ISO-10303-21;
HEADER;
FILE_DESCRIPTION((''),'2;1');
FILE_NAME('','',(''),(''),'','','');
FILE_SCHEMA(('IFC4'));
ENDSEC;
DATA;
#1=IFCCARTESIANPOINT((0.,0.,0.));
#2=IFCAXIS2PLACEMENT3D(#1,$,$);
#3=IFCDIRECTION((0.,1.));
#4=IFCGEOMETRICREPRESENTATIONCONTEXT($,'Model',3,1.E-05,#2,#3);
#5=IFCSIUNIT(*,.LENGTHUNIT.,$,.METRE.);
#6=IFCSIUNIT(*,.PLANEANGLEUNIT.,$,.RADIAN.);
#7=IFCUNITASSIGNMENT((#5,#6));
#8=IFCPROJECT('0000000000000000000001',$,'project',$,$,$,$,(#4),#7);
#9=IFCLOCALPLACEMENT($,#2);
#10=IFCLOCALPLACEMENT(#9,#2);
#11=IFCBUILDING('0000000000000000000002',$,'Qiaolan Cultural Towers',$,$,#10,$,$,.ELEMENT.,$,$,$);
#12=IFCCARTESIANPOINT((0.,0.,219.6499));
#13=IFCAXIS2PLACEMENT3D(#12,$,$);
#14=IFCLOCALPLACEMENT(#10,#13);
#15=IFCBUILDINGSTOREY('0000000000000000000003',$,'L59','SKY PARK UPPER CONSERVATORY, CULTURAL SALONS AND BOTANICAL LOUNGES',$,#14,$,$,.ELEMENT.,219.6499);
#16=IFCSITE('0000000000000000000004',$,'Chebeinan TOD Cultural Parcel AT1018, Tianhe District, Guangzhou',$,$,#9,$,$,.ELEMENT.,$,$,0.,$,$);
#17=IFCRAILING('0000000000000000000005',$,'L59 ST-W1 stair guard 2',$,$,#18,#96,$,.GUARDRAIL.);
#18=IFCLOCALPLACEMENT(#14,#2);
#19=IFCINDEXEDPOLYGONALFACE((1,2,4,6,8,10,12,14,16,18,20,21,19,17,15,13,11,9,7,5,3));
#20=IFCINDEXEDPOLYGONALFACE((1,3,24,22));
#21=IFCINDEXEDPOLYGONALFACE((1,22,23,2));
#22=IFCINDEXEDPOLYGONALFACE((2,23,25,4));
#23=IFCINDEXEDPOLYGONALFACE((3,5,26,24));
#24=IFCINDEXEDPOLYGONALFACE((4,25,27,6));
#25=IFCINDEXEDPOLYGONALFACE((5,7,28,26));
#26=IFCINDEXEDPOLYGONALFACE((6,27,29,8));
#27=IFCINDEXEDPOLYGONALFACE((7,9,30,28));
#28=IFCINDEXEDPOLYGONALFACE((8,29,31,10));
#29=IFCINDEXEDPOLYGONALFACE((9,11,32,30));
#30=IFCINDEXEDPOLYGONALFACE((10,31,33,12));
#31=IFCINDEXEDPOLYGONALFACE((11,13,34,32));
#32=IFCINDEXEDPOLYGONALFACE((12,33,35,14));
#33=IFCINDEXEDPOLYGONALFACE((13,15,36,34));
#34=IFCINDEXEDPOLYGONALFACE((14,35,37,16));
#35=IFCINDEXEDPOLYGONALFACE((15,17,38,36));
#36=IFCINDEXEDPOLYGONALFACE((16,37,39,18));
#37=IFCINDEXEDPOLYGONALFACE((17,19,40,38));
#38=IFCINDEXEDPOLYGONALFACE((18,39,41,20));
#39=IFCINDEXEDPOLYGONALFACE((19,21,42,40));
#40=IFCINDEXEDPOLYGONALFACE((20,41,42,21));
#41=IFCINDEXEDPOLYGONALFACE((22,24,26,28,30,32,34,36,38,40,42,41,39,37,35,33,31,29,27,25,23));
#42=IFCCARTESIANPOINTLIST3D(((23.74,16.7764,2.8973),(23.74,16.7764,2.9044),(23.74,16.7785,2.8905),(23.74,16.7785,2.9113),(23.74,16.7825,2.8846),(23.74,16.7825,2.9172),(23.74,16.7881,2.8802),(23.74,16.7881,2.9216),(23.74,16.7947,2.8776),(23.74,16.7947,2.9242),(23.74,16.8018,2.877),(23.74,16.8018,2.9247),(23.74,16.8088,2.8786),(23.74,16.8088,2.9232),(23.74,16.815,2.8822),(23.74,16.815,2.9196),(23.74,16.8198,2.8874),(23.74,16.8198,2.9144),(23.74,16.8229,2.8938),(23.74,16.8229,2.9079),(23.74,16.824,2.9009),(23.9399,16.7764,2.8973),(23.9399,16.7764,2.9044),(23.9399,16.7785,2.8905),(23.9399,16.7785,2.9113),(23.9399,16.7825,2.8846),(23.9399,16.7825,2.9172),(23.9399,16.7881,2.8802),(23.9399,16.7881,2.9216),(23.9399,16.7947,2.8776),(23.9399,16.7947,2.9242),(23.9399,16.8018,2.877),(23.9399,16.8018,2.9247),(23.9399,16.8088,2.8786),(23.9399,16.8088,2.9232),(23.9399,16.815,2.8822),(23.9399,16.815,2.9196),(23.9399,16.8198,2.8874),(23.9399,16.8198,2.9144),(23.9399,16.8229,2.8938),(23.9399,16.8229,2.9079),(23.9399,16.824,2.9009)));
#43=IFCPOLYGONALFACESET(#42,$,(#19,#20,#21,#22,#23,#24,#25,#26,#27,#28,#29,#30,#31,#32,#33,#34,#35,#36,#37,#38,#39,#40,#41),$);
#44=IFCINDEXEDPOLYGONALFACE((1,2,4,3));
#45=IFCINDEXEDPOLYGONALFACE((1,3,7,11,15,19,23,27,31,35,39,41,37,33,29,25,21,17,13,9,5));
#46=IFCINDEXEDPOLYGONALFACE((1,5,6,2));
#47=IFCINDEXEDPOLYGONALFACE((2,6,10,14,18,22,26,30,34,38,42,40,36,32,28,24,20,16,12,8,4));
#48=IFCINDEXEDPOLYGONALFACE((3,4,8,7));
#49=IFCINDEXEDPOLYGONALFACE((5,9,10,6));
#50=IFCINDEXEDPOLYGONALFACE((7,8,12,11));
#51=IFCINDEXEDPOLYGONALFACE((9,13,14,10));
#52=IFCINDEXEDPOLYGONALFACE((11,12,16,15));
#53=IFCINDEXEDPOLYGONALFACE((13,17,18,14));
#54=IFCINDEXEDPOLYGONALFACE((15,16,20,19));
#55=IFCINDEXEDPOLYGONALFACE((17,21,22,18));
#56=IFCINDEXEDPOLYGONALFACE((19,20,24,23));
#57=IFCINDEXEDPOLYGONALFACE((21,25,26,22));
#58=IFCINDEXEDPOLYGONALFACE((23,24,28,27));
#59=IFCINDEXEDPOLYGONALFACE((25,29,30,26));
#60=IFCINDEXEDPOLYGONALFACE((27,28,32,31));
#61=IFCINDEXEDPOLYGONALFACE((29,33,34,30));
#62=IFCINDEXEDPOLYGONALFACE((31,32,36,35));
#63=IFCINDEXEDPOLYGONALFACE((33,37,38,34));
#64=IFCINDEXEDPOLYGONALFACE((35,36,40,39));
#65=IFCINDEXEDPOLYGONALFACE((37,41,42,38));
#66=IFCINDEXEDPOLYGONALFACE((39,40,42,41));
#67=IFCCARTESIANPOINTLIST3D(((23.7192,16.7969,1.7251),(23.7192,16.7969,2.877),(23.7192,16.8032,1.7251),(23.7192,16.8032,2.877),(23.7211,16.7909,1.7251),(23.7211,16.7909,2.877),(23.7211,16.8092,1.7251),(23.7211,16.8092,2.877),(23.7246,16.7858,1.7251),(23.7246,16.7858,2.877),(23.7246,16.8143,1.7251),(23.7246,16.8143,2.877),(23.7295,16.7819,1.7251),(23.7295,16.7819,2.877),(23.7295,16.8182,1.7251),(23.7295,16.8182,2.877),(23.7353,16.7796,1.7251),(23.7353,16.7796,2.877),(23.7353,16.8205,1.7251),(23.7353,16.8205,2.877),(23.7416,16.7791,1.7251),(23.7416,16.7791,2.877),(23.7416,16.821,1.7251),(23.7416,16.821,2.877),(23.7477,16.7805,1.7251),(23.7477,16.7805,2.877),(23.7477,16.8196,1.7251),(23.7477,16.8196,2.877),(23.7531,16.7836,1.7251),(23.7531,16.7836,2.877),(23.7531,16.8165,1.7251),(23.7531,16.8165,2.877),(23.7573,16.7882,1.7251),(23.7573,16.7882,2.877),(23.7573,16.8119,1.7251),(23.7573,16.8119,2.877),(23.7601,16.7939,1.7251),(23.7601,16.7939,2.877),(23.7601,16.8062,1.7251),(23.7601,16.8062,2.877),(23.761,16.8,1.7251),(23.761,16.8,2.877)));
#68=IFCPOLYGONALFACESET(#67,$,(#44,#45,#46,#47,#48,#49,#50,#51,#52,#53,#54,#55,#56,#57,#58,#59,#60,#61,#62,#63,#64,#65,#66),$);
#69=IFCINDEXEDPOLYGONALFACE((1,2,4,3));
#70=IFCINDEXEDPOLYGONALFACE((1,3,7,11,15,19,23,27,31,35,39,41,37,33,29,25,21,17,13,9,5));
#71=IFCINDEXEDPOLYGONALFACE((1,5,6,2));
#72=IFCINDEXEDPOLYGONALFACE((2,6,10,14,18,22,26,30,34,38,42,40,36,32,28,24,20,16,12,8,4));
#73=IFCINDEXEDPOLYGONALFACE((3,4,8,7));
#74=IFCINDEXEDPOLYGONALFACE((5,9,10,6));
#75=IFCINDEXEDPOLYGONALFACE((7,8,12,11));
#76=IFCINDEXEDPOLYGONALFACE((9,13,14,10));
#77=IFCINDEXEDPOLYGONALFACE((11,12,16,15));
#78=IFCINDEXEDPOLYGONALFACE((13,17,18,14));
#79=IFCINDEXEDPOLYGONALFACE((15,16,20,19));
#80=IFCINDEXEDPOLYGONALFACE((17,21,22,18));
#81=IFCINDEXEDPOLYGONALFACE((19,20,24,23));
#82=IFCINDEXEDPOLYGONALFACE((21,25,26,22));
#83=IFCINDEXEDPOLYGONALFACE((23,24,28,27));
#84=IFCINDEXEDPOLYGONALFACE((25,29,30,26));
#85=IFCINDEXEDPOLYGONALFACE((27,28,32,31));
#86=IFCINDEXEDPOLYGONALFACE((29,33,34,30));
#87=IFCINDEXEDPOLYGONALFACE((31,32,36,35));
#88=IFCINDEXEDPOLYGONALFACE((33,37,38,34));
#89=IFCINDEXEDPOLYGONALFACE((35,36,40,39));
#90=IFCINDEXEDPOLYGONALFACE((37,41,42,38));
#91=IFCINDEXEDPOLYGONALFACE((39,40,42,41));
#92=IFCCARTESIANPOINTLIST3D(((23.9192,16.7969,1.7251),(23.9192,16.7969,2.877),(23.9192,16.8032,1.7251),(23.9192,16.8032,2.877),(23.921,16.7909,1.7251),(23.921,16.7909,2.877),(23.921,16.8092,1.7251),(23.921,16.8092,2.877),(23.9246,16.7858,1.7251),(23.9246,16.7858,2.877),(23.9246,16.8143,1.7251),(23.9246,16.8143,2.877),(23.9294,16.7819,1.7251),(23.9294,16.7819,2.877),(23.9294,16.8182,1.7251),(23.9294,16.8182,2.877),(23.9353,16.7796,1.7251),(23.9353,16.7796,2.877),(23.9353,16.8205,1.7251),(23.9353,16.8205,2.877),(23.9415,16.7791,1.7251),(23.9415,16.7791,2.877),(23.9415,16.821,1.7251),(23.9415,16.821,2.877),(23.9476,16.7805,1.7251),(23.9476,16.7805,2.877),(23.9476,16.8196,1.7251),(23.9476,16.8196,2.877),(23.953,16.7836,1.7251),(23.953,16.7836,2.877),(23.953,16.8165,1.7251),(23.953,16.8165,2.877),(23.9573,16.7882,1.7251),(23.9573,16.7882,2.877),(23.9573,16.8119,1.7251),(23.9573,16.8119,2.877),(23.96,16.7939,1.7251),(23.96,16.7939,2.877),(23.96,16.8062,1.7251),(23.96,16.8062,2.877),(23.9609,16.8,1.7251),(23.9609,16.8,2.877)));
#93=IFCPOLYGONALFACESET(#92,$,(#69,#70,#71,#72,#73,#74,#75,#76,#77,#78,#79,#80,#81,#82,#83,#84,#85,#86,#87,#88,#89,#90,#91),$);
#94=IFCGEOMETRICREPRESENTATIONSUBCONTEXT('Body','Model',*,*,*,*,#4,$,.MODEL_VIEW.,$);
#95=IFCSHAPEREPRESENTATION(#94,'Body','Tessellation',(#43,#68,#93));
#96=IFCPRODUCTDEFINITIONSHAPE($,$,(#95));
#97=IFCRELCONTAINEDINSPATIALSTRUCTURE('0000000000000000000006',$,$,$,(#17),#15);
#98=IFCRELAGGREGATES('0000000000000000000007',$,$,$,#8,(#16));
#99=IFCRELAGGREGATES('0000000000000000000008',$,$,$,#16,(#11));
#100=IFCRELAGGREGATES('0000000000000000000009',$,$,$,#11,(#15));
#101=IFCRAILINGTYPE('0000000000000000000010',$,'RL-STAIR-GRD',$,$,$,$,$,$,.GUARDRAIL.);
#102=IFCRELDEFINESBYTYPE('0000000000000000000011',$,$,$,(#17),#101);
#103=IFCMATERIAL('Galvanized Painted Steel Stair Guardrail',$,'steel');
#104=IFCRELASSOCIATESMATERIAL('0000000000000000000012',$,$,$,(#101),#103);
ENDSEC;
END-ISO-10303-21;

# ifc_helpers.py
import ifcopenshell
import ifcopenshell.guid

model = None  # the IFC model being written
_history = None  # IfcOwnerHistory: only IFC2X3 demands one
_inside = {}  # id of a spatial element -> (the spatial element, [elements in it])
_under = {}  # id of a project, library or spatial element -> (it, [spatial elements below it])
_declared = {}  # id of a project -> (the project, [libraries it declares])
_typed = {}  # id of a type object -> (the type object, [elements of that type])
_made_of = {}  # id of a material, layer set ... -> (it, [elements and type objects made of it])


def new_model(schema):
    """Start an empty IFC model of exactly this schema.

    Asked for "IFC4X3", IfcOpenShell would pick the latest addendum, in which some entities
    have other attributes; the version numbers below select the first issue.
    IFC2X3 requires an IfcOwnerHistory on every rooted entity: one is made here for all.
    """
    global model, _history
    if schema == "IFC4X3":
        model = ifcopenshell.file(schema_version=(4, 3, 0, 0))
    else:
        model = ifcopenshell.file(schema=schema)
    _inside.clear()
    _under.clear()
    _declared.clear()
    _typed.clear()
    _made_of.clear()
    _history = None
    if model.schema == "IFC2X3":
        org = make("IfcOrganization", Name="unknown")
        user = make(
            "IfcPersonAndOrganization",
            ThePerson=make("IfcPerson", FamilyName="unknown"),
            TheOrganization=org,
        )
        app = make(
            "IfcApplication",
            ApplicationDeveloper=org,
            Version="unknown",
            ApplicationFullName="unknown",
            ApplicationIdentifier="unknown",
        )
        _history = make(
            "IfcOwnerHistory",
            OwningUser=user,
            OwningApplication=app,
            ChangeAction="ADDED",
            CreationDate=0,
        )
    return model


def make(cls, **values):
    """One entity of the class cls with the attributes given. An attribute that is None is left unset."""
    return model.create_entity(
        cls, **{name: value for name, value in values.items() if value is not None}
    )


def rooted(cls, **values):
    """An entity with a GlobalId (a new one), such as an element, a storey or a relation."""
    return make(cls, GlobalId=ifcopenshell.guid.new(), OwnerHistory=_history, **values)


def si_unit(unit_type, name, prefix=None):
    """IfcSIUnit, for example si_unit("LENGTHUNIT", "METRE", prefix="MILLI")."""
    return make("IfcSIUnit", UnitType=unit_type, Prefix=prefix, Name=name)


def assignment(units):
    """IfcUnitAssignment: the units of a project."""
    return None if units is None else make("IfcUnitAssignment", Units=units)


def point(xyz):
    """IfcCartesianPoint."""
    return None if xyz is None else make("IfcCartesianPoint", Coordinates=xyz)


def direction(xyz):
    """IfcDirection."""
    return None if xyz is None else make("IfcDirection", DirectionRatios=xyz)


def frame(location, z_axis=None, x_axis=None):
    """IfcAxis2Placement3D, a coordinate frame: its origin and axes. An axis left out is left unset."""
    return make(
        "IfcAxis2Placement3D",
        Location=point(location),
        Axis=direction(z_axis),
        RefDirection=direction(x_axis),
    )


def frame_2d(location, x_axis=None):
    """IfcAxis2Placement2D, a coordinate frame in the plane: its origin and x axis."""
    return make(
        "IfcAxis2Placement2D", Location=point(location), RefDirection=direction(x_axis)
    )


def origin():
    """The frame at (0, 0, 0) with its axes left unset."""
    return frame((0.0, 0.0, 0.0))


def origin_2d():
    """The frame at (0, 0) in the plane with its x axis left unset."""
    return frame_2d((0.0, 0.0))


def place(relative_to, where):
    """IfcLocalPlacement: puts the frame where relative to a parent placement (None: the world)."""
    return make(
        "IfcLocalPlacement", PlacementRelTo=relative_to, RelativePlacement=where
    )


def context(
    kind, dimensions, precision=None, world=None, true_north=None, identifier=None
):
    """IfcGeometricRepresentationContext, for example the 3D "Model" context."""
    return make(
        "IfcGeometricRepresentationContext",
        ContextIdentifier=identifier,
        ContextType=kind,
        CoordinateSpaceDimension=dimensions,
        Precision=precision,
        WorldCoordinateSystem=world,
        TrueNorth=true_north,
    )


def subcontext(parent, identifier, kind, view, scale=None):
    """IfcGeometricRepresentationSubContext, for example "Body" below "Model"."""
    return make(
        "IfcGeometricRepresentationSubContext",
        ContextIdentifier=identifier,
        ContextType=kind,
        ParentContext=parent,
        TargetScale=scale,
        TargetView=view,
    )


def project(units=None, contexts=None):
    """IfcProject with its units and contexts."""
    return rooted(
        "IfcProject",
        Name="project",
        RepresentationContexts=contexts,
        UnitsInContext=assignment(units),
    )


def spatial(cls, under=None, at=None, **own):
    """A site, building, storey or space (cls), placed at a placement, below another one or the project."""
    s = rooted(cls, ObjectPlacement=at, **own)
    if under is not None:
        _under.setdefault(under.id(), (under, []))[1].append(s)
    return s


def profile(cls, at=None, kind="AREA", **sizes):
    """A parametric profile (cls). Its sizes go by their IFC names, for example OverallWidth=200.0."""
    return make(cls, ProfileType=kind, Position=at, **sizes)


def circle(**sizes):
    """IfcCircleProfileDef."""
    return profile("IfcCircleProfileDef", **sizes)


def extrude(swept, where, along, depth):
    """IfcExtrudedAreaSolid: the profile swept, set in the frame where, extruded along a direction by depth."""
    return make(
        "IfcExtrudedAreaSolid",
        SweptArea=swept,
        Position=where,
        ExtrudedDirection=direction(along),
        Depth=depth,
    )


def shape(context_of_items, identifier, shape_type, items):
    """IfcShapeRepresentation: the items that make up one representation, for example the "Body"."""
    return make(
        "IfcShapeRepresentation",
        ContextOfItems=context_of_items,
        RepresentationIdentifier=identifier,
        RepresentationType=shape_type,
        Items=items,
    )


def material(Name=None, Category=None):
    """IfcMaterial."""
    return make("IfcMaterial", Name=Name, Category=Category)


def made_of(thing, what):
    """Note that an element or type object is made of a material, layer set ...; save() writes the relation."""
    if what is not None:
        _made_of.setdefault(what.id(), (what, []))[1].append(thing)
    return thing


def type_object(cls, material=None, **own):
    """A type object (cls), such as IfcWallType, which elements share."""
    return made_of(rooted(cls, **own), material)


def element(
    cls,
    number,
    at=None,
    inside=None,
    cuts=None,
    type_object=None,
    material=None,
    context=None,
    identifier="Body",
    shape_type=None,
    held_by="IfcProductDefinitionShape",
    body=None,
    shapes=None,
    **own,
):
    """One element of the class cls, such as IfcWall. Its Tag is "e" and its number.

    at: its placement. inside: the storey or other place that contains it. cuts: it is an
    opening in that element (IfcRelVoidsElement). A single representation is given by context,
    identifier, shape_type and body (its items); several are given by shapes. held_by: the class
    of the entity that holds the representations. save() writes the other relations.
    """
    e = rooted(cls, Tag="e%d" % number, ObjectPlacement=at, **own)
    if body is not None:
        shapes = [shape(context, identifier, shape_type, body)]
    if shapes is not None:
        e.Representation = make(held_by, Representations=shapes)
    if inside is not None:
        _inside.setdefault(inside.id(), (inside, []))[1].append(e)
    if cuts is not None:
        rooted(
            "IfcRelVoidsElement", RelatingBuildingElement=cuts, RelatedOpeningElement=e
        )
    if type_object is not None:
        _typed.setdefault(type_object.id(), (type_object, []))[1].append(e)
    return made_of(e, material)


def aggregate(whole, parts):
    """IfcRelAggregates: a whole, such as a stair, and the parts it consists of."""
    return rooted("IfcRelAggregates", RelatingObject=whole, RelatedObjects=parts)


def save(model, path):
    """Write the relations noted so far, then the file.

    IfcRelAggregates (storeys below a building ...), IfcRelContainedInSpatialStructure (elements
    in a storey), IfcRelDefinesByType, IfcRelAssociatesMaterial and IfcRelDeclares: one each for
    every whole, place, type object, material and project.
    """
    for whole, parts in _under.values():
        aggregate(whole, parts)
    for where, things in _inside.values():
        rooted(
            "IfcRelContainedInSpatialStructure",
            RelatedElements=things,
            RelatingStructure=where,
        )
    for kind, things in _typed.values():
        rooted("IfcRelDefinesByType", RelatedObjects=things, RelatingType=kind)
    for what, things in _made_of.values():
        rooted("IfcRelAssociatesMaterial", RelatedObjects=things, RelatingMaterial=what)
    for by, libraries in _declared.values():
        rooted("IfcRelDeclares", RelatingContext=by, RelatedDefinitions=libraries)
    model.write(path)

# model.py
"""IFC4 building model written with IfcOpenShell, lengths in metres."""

from ifc_helpers import new_model, si_unit, direction, frame, origin, origin_2d, place, context, subcontext, project, spatial, circle, extrude, material, type_object, element, save


model = new_model("IFC4")

# Units and contexts
model_context = context("Model", 3, precision=1e-05, world=origin(), true_north=direction((0.0, 1.0)))
body_context = subcontext(model_context, "Body", "Model", "MODEL_VIEW")
ifc_project = project(units=[si_unit("LENGTHUNIT", "METRE"), si_unit("PLANEANGLEUNIT", "RADIAN")], contexts=[model_context])

# Site, building, storey
site_placement = place(None, origin())
site = spatial("IfcSite", under=ifc_project, at=site_placement, Name="Chebeinan TOD Cultural Parcel AT1018, Tianhe District, Guangzhou", CompositionType="ELEMENT", RefElevation=0.0)
building_placement = place(site_placement, origin())
building = spatial("IfcBuilding", under=site, at=building_placement, Name="Qiaolan Cultural Towers", CompositionType="ELEMENT")
storey_placement = place(building_placement, frame((0.0, 0.0, 219.6499)))
storey = spatial("IfcBuildingStorey", under=building, at=storey_placement, Name="L59", Description="SKY PARK UPPER CONSERVATORY, CULTURAL SALONS AND BOTANICAL LOUNGES", CompositionType="ELEMENT", Elevation=219.6499)

# Railing
ifc_material_1 = material(Name="Galvanized Painted Steel Stair Guardrail", Category="steel")
railing_type_1 = type_object("IfcRailingType", Name="RL-STAIR-GRD", PredefinedType="GUARDRAIL", material=ifc_material_1)
railing_1_placement = place(storey_placement, frame((23.74, 16.8, 1.7251)))
element("IfcRailing", 1, at=railing_1_placement, inside=storey, type_object=railing_type_1, Name="L59 ST-W1 stair guard 2", PredefinedType="GUARDRAIL", context=body_context, shape_type="SweptSolid", body=[
    extrude(circle(Radius=0.0239, at=origin_2d()), frame((0.0, 0.0, 1.1758), z_axis=(1.0, 0.0, 0.0), x_axis=(0.0, 1.0, 0.0)), (0.0, 0.0, 1.0), 0.2),
    extrude(circle(Radius=0.021, at=origin_2d()), origin(), (0.0, 0.0, 1.0), 1.1519),
    extrude(circle(Radius=0.021, at=origin_2d()), frame((0.2, 0.0, 0.0)), (0.0, 0.0, 1.0), 1.1519),
])

save(model, "model.ifc")
